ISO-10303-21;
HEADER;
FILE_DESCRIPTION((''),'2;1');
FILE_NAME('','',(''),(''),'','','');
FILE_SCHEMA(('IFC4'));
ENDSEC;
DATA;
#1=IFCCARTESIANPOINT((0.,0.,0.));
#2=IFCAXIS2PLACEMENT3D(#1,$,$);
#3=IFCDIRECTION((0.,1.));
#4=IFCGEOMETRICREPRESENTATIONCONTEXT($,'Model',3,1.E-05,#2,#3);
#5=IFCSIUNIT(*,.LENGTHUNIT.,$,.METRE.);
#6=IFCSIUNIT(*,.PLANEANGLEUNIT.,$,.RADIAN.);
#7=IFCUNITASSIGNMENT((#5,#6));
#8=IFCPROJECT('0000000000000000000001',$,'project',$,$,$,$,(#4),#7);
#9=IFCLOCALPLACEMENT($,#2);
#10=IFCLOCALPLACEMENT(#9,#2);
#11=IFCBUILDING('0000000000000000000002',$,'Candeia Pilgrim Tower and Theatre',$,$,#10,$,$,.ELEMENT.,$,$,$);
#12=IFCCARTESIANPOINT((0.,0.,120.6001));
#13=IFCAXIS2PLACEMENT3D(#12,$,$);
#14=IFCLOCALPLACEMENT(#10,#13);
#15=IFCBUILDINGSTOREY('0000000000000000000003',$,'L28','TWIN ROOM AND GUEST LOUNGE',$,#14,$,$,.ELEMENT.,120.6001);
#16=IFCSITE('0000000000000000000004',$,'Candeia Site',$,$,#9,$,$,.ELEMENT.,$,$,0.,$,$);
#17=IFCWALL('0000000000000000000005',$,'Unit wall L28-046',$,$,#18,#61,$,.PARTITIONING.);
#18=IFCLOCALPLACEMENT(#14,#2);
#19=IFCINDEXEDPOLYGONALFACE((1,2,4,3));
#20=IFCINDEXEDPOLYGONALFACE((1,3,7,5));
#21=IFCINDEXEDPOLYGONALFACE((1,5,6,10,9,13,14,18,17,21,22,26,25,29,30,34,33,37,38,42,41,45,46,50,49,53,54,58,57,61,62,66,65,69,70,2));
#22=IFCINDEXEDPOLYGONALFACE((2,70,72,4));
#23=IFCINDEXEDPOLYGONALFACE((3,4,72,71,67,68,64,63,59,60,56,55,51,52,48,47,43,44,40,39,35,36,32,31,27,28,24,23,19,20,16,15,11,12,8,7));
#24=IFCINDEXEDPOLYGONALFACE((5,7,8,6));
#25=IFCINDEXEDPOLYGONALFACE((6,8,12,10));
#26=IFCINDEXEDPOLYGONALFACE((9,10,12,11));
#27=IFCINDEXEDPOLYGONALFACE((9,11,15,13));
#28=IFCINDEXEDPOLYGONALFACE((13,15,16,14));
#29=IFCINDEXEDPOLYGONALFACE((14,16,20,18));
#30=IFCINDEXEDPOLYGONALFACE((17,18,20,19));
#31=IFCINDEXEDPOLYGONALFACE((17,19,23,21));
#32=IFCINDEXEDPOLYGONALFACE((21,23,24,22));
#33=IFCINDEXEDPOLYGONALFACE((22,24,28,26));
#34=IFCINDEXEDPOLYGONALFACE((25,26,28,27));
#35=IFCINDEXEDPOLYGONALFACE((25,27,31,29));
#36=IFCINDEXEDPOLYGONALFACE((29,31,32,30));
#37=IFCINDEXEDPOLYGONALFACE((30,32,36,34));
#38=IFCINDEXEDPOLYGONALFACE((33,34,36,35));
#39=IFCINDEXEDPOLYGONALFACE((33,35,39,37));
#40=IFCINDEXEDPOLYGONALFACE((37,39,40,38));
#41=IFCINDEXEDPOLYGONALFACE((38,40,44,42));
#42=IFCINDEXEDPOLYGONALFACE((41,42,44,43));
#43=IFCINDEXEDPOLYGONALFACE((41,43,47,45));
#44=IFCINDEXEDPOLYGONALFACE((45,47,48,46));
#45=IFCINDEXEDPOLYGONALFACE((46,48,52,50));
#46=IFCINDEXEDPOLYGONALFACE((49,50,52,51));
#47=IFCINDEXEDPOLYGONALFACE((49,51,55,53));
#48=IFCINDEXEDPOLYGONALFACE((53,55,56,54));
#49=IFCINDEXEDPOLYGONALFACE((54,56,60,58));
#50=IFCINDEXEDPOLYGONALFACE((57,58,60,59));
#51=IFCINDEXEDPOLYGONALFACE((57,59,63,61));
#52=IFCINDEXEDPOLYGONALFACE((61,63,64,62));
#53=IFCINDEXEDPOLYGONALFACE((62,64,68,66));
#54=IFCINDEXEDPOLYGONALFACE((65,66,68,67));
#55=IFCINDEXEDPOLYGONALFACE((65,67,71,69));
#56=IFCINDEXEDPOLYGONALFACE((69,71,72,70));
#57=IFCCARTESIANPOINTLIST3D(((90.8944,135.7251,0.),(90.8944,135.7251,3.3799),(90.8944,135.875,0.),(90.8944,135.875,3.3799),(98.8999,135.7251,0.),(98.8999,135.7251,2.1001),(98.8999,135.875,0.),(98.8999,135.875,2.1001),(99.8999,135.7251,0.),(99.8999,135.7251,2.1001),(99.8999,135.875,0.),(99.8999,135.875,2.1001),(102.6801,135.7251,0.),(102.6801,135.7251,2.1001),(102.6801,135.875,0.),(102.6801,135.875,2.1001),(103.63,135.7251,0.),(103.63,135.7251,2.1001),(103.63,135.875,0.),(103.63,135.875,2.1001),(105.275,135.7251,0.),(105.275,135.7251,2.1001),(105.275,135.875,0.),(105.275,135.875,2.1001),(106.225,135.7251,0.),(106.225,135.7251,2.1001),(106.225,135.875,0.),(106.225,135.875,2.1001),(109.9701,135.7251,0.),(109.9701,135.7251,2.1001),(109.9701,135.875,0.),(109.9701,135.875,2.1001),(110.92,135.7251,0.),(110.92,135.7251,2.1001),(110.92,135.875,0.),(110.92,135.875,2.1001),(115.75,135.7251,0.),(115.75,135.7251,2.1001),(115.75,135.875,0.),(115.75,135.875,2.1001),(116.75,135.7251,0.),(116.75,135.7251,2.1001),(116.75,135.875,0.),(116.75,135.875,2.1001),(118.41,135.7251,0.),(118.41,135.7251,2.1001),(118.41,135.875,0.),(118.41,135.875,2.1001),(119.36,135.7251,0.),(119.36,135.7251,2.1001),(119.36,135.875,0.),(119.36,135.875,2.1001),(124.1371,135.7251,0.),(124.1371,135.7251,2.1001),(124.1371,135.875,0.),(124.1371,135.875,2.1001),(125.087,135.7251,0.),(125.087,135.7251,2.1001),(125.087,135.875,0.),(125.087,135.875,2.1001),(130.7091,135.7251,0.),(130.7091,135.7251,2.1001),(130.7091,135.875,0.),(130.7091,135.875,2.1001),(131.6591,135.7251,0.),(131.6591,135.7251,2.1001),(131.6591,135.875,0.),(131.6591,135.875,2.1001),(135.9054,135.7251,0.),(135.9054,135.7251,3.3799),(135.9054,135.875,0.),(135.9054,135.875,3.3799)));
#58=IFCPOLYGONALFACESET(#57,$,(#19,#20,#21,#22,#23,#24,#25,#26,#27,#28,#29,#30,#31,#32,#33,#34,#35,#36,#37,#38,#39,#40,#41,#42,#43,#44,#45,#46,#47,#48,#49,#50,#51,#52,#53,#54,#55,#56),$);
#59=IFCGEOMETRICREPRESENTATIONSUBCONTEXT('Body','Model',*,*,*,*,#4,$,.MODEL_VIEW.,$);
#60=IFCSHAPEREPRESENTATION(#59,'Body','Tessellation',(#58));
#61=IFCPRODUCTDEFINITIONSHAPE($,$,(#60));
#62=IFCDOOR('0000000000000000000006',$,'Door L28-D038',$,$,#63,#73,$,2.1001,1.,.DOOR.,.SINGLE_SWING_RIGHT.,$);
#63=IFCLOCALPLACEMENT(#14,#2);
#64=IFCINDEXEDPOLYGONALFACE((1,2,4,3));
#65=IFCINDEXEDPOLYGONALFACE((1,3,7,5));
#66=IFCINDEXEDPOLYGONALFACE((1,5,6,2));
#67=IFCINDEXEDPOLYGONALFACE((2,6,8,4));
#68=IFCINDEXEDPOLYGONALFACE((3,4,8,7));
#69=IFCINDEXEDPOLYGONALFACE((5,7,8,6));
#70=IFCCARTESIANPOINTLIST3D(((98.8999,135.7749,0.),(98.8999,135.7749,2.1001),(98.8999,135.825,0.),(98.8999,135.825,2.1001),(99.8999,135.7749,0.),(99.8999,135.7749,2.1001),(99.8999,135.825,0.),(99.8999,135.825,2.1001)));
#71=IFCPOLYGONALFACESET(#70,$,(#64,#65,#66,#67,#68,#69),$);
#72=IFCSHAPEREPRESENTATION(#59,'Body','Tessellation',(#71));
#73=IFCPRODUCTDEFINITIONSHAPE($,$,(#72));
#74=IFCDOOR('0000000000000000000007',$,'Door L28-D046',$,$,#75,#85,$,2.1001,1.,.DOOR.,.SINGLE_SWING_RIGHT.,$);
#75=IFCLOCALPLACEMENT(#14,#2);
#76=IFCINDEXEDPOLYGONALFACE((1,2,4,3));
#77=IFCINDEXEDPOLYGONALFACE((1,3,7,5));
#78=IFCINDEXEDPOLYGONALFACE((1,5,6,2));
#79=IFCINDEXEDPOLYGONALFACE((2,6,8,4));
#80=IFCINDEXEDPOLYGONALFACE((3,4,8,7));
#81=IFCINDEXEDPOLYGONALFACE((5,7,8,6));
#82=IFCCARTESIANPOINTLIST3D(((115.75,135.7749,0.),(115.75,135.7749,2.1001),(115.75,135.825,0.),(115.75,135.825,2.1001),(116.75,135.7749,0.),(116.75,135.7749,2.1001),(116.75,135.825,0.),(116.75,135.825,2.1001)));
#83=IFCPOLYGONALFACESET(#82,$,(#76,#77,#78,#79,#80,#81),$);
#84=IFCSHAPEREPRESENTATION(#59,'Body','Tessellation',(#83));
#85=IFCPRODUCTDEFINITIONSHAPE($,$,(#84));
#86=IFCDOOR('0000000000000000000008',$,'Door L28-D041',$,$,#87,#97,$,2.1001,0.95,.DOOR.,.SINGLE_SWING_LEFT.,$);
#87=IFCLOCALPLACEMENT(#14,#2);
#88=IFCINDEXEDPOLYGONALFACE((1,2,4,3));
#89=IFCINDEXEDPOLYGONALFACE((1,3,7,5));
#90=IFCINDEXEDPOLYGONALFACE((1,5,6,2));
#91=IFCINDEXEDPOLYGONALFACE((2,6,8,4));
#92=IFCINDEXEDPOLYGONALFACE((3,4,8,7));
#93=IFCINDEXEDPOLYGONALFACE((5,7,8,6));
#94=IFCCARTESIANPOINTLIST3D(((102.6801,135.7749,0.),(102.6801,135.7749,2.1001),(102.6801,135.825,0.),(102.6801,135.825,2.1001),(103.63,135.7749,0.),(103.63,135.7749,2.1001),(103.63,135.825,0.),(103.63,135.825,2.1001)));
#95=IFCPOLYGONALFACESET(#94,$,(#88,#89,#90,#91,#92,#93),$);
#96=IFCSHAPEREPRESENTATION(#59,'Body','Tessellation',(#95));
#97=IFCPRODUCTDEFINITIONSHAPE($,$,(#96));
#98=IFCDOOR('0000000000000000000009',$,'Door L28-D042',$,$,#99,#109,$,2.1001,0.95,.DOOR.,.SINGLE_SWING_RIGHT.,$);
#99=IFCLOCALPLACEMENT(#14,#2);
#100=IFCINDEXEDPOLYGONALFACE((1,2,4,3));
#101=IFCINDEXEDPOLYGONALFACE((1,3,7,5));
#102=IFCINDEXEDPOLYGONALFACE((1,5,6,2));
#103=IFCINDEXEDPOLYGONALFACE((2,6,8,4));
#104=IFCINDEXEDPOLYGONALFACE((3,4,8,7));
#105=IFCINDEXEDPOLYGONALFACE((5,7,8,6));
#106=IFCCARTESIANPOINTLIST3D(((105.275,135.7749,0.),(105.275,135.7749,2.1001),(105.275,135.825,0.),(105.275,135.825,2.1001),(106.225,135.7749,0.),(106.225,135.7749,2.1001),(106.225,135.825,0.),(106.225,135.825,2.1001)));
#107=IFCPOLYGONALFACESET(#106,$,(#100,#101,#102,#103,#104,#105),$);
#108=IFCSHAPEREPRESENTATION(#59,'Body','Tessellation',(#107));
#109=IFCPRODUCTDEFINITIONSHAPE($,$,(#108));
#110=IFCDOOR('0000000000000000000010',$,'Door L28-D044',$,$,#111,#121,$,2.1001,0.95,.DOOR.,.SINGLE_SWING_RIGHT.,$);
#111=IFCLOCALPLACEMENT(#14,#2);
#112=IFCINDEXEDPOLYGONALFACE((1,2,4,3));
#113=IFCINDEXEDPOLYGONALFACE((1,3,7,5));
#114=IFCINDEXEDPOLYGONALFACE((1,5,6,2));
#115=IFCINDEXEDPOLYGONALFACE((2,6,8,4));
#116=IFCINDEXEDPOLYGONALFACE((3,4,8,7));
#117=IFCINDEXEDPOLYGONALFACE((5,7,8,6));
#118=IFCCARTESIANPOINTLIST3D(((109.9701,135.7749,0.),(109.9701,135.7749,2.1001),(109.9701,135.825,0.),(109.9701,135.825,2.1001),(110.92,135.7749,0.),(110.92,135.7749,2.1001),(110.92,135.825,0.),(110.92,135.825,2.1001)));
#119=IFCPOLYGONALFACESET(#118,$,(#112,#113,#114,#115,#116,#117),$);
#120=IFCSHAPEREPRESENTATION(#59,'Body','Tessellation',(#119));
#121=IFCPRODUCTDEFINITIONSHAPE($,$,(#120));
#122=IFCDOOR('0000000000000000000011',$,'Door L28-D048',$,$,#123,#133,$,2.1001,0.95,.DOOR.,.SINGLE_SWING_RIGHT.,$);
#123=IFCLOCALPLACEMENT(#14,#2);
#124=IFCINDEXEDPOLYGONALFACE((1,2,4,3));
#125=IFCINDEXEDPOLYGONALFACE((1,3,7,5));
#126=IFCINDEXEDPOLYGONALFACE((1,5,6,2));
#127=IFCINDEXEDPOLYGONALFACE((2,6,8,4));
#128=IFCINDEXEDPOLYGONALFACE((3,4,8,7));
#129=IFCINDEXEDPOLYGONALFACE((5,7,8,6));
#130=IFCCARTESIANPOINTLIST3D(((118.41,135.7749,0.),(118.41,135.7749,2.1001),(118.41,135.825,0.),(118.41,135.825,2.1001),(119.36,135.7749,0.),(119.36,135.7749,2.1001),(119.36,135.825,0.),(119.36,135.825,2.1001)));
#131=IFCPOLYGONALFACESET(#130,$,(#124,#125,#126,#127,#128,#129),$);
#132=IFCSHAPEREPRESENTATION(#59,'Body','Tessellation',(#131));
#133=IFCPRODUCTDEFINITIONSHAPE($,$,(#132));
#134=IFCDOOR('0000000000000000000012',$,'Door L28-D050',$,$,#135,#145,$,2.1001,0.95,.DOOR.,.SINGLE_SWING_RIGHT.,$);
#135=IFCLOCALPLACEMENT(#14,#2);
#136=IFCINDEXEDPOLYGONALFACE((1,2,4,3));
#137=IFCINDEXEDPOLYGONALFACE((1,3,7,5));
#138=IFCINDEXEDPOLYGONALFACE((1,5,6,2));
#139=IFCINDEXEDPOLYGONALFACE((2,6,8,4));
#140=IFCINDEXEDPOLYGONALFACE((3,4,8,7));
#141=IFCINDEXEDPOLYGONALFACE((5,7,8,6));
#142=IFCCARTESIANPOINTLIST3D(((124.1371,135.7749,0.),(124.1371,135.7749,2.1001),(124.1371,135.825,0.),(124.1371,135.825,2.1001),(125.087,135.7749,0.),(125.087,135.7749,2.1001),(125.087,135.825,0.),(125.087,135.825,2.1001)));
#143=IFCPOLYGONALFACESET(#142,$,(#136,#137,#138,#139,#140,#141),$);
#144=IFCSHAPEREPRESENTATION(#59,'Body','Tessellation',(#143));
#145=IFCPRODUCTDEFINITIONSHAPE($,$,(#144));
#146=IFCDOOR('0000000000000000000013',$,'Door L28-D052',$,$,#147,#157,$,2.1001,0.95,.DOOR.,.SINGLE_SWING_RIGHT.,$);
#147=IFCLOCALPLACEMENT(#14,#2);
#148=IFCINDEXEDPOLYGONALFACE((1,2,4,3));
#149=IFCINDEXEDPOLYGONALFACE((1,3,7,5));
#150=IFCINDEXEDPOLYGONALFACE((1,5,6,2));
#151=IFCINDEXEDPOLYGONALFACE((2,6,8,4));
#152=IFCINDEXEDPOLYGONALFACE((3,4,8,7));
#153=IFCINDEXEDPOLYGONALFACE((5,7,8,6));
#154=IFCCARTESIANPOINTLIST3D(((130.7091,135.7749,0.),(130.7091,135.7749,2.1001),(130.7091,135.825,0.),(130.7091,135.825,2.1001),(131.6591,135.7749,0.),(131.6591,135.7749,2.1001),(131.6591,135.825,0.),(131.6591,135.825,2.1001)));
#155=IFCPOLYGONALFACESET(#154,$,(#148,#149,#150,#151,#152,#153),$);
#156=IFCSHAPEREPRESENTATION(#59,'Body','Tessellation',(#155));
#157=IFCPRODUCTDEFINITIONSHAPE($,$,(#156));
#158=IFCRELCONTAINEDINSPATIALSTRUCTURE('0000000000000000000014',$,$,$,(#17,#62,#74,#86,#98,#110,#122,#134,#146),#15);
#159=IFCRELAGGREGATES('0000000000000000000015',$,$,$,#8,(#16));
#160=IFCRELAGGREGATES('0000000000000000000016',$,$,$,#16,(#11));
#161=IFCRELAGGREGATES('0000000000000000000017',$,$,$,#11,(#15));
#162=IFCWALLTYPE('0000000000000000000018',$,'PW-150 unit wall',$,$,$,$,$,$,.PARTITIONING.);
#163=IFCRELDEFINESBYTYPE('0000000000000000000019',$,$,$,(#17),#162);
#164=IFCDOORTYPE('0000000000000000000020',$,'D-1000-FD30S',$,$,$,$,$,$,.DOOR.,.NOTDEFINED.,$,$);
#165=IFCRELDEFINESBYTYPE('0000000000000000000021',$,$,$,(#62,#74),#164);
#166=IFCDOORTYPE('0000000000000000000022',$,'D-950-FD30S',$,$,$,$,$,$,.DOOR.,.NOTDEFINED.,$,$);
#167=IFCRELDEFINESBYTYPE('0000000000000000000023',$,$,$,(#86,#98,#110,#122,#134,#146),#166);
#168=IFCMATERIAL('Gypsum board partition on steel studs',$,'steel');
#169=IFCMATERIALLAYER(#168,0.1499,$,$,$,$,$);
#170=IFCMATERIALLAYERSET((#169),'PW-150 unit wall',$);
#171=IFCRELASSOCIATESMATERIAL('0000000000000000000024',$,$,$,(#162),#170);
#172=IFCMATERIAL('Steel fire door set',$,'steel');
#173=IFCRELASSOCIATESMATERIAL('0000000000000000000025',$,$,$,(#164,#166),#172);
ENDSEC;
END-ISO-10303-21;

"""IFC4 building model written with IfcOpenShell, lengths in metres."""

from ifc_helpers import new_model, si_unit, direction, frame, frame_2d, origin, place, context, subcontext, project, spatial, rectangle, extrude, material, layer, layer_set, type_object, element, fill, save


model = new_model("IFC4")

# Units and contexts
model_context = context("Model", 3, precision=1e-05, world=origin(), true_north=direction((0.0, 1.0)))
body_context = subcontext(model_context, "Body", "Model", "MODEL_VIEW")
ifc_project = project(units=[si_unit("LENGTHUNIT", "METRE"), si_unit("PLANEANGLEUNIT", "RADIAN")], contexts=[model_context])

# Site, building, storey
site_placement = place(None, origin())
site = spatial("IfcSite", under=ifc_project, at=site_placement, Name="Candeia Site", CompositionType="ELEMENT", RefElevation=0.0)
building_placement = place(site_placement, origin())
building = spatial("IfcBuilding", under=site, at=building_placement, Name="Candeia Pilgrim Tower and Theatre", CompositionType="ELEMENT")
storey_placement = place(building_placement, frame((0.0, 0.0, 120.6001)))
storey = spatial("IfcBuildingStorey", under=building, at=storey_placement, Name="L28", Description="TWIN ROOM AND GUEST LOUNGE", CompositionType="ELEMENT", Elevation=120.6001)

# Shared definitions
ifc_material_1 = material(Name="Gypsum board partition on steel studs", Category="steel")

# Wall, openings, doors
ifc_layer_1 = layer(ifc_material_1, 0.1499)
ifc_layer_set_1 = layer_set([ifc_layer_1], Name="PW-150 unit wall")
wall_type_1 = type_object("IfcWallType", Name="PW-150 unit wall", PredefinedType="PARTITIONING", material=ifc_layer_set_1)
wall_1_placement = place(storey_placement, frame((90.8945, 135.8, 0.0), z_axis=(0.0, 0.0, 1.0), x_axis=(1.0, 0.0, 0.0)))
wall_1 = element("IfcWall", 1, at=wall_1_placement, inside=storey, type_object=wall_type_1, Name="Unit wall L28-046", PredefinedType="PARTITIONING", context=body_context, shape_type="SweptSolid", body=[
    extrude(rectangle(XDim=45.011, YDim=0.1499, at=frame_2d((22.5054, 0.0))), origin(), (0.0, 0.0, 1.0), 3.3799),
])
opening_1_placement = place(wall_1_placement, frame((8.0054, 0.0, 0.0)))
opening_1 = element("IfcOpeningElement", 2, at=opening_1_placement, cuts=wall_1, PredefinedType="OPENING", context=body_context, shape_type="SweptSolid", body=[
    extrude(rectangle(XDim=1.0, YDim=2.1001, at=frame_2d((0.5, 1.05))), frame((0.0, 0.085, 0.0), z_axis=(0.0, -1.0, 0.0), x_axis=(1.0, 0.0, 0.0)), (0.0, 0.0, 1.0), 0.1699),
])
opening_2_placement = place(wall_1_placement, frame((11.7854, 0.0, 0.0)))
opening_2 = element("IfcOpeningElement", 3, at=opening_2_placement, cuts=wall_1, PredefinedType="OPENING", context=body_context, shape_type="SweptSolid", body=[
    extrude(rectangle(XDim=0.95, YDim=2.1001, at=frame_2d((0.4751, 1.05))), frame((0.0, 0.085, 0.0), z_axis=(0.0, -1.0, 0.0), x_axis=(1.0, 0.0, 0.0)), (0.0, 0.0, 1.0), 0.1699),
])
opening_3_placement = place(wall_1_placement, frame((14.3804, 0.0, 0.0)))
opening_3 = element("IfcOpeningElement", 4, at=opening_3_placement, cuts=wall_1, PredefinedType="OPENING", context=body_context, shape_type="SweptSolid", body=[
    extrude(rectangle(XDim=0.95, YDim=2.1001, at=frame_2d((0.4751, 1.05))), frame((0.0, 0.085, 0.0), z_axis=(0.0, -1.0, 0.0), x_axis=(1.0, 0.0, 0.0)), (0.0, 0.0, 1.0), 0.1699),
])
opening_4_placement = place(wall_1_placement, frame((19.0754, 0.0, 0.0)))
opening_4 = element("IfcOpeningElement", 5, at=opening_4_placement, cuts=wall_1, PredefinedType="OPENING", context=body_context, shape_type="SweptSolid", body=[
    extrude(rectangle(XDim=0.95, YDim=2.1001, at=frame_2d((0.4751, 1.05))), frame((0.0, 0.085, 0.0), z_axis=(0.0, -1.0, 0.0), x_axis=(1.0, 0.0, 0.0)), (0.0, 0.0, 1.0), 0.1699),
])
opening_5_placement = place(wall_1_placement, frame((24.8555, 0.0, 0.0)))
opening_5 = element("IfcOpeningElement", 6, at=opening_5_placement, cuts=wall_1, PredefinedType="OPENING", context=body_context, shape_type="SweptSolid", body=[
    extrude(rectangle(XDim=1.0, YDim=2.1001, at=frame_2d((0.5, 1.05))), frame((0.0, 0.085, 0.0), z_axis=(0.0, -1.0, 0.0), x_axis=(1.0, 0.0, 0.0)), (0.0, 0.0, 1.0), 0.1699),
])
opening_6_placement = place(wall_1_placement, frame((27.5154, 0.0, 0.0)))
opening_6 = element("IfcOpeningElement", 7, at=opening_6_placement, cuts=wall_1, PredefinedType="OPENING", context=body_context, shape_type="SweptSolid", body=[
    extrude(rectangle(XDim=0.95, YDim=2.1001, at=frame_2d((0.4751, 1.05))), frame((0.0, 0.085, 0.0), z_axis=(0.0, -1.0, 0.0), x_axis=(1.0, 0.0, 0.0)), (0.0, 0.0, 1.0), 0.1699),
])
opening_7_placement = place(wall_1_placement, frame((33.2424, 0.0, 0.0)))
opening_7 = element("IfcOpeningElement", 8, at=opening_7_placement, cuts=wall_1, PredefinedType="OPENING", context=body_context, shape_type="SweptSolid", body=[
    extrude(rectangle(XDim=0.95, YDim=2.1001, at=frame_2d((0.4751, 1.05))), frame((0.0, 0.085, 0.0), z_axis=(0.0, -1.0, 0.0), x_axis=(1.0, 0.0, 0.0)), (0.0, 0.0, 1.0), 0.1699),
])
opening_8_placement = place(wall_1_placement, frame((39.8145, 0.0, 0.0)))
opening_8 = element("IfcOpeningElement", 9, at=opening_8_placement, cuts=wall_1, PredefinedType="OPENING", context=body_context, shape_type="SweptSolid", body=[
    extrude(rectangle(XDim=0.95, YDim=2.1001, at=frame_2d((0.4751, 1.05))), frame((0.0, 0.085, 0.0), z_axis=(0.0, -1.0, 0.0), x_axis=(1.0, 0.0, 0.0)), (0.0, 0.0, 1.0), 0.1699),
])
ifc_material_2 = material(Name="Steel fire door set", Category="steel")
door_type_1 = type_object("IfcDoorType", Name="D-1000-FD30S", OperationType="NOTDEFINED", PredefinedType="DOOR", material=ifc_material_2)
door_1_placement = place(opening_1_placement, origin())
door_1 = element("IfcDoor", 10, at=door_1_placement, inside=storey, type_object=door_type_1, Name="Door L28-D038", OperationType="SINGLE_SWING_RIGHT", OverallHeight=2.1001, OverallWidth=1.0, PredefinedType="DOOR", context=body_context, shape_type="SweptSolid", body=[
    extrude(rectangle(XDim=1.0, YDim=2.1001, at=frame_2d((0.5, 1.05))), frame((0.0, 0.0249, 0.0), z_axis=(0.0, -1.0, 0.0), x_axis=(1.0, 0.0, 0.0)), (0.0, 0.0, 1.0), 0.05),
])
fill(opening_1, door_1)
door_2_placement = place(opening_5_placement, origin())
door_2 = element("IfcDoor", 11, at=door_2_placement, inside=storey, type_object=door_type_1, Name="Door L28-D046", OperationType="SINGLE_SWING_RIGHT", OverallHeight=2.1001, OverallWidth=1.0, PredefinedType="DOOR", context=body_context, shape_type="SweptSolid", body=[
    extrude(rectangle(XDim=1.0, YDim=2.1001, at=frame_2d((0.5, 1.05))), frame((0.0, 0.0249, 0.0), z_axis=(0.0, -1.0, 0.0), x_axis=(1.0, 0.0, 0.0)), (0.0, 0.0, 1.0), 0.05),
])
fill(opening_5, door_2)
door_type_2 = type_object("IfcDoorType", Name="D-950-FD30S", OperationType="NOTDEFINED", PredefinedType="DOOR", material=ifc_material_2)
door_3_placement = place(opening_2_placement, origin())
door_3 = element("IfcDoor", 12, at=door_3_placement, inside=storey, type_object=door_type_2, Name="Door L28-D041", OperationType="SINGLE_SWING_LEFT", OverallHeight=2.1001, OverallWidth=0.95, PredefinedType="DOOR", context=body_context, shape_type="SweptSolid", body=[
    extrude(rectangle(XDim=0.95, YDim=2.1001, at=frame_2d((0.4751, 1.05))), frame((0.0, 0.0249, 0.0), z_axis=(0.0, -1.0, 0.0), x_axis=(1.0, 0.0, 0.0)), (0.0, 0.0, 1.0), 0.05),
])
fill(opening_2, door_3)
door_4_placement = place(opening_3_placement, origin())
door_4 = element("IfcDoor", 13, at=door_4_placement, inside=storey, type_object=door_type_2, Name="Door L28-D042", OperationType="SINGLE_SWING_RIGHT", OverallHeight=2.1001, OverallWidth=0.95, PredefinedType="DOOR", context=body_context, shape_type="SweptSolid", body=[
    extrude(rectangle(XDim=0.95, YDim=2.1001, at=frame_2d((0.4751, 1.05))), frame((0.0, 0.0249, 0.0), z_axis=(0.0, -1.0, 0.0), x_axis=(1.0, 0.0, 0.0)), (0.0, 0.0, 1.0), 0.05),
])
fill(opening_3, door_4)
door_5_placement = place(opening_4_placement, origin())
door_5 = element("IfcDoor", 14, at=door_5_placement, inside=storey, type_object=door_type_2, Name="Door L28-D044", OperationType="SINGLE_SWING_RIGHT", OverallHeight=2.1001, OverallWidth=0.95, PredefinedType="DOOR", context=body_context, shape_type="SweptSolid", body=[
    extrude(rectangle(XDim=0.95, YDim=2.1001, at=frame_2d((0.4751, 1.05))), frame((0.0, 0.0249, 0.0), z_axis=(0.0, -1.0, 0.0), x_axis=(1.0, 0.0, 0.0)), (0.0, 0.0, 1.0), 0.05),
])
fill(opening_4, door_5)
door_6_placement = place(opening_6_placement, origin())
door_6 = element("IfcDoor", 15, at=door_6_placement, inside=storey, type_object=door_type_2, Name="Door L28-D048", OperationType="SINGLE_SWING_RIGHT", OverallHeight=2.1001, OverallWidth=0.95, PredefinedType="DOOR", context=body_context, shape_type="SweptSolid", body=[
    extrude(rectangle(XDim=0.95, YDim=2.1001, at=frame_2d((0.4751, 1.05))), frame((0.0, 0.0249, 0.0), z_axis=(0.0, -1.0, 0.0), x_axis=(1.0, 0.0, 0.0)), (0.0, 0.0, 1.0), 0.05),
])
fill(opening_6, door_6)
door_7_placement = place(opening_7_placement, origin())
door_7 = element("IfcDoor", 16, at=door_7_placement, inside=storey, type_object=door_type_2, Name="Door L28-D050", OperationType="SINGLE_SWING_RIGHT", OverallHeight=2.1001, OverallWidth=0.95, PredefinedType="DOOR", context=body_context, shape_type="SweptSolid", body=[
    extrude(rectangle(XDim=0.95, YDim=2.1001, at=frame_2d((0.4751, 1.05))), frame((0.0, 0.0249, 0.0), z_axis=(0.0, -1.0, 0.0), x_axis=(1.0, 0.0, 0.0)), (0.0, 0.0, 1.0), 0.05),
])
fill(opening_7, door_7)
door_8_placement = place(opening_8_placement, origin())
door_8 = element("IfcDoor", 17, at=door_8_placement, inside=storey, type_object=door_type_2, Name="Door L28-D052", OperationType="SINGLE_SWING_RIGHT", OverallHeight=2.1001, OverallWidth=0.95, PredefinedType="DOOR", context=body_context, shape_type="SweptSolid", body=[
    extrude(rectangle(XDim=0.95, YDim=2.1001, at=frame_2d((0.4751, 1.05))), frame((0.0, 0.0249, 0.0), z_axis=(0.0, -1.0, 0.0), x_axis=(1.0, 0.0, 0.0)), (0.0, 0.0, 1.0), 0.05),
])
fill(opening_8, door_8)

save(model, "model.ifc")
